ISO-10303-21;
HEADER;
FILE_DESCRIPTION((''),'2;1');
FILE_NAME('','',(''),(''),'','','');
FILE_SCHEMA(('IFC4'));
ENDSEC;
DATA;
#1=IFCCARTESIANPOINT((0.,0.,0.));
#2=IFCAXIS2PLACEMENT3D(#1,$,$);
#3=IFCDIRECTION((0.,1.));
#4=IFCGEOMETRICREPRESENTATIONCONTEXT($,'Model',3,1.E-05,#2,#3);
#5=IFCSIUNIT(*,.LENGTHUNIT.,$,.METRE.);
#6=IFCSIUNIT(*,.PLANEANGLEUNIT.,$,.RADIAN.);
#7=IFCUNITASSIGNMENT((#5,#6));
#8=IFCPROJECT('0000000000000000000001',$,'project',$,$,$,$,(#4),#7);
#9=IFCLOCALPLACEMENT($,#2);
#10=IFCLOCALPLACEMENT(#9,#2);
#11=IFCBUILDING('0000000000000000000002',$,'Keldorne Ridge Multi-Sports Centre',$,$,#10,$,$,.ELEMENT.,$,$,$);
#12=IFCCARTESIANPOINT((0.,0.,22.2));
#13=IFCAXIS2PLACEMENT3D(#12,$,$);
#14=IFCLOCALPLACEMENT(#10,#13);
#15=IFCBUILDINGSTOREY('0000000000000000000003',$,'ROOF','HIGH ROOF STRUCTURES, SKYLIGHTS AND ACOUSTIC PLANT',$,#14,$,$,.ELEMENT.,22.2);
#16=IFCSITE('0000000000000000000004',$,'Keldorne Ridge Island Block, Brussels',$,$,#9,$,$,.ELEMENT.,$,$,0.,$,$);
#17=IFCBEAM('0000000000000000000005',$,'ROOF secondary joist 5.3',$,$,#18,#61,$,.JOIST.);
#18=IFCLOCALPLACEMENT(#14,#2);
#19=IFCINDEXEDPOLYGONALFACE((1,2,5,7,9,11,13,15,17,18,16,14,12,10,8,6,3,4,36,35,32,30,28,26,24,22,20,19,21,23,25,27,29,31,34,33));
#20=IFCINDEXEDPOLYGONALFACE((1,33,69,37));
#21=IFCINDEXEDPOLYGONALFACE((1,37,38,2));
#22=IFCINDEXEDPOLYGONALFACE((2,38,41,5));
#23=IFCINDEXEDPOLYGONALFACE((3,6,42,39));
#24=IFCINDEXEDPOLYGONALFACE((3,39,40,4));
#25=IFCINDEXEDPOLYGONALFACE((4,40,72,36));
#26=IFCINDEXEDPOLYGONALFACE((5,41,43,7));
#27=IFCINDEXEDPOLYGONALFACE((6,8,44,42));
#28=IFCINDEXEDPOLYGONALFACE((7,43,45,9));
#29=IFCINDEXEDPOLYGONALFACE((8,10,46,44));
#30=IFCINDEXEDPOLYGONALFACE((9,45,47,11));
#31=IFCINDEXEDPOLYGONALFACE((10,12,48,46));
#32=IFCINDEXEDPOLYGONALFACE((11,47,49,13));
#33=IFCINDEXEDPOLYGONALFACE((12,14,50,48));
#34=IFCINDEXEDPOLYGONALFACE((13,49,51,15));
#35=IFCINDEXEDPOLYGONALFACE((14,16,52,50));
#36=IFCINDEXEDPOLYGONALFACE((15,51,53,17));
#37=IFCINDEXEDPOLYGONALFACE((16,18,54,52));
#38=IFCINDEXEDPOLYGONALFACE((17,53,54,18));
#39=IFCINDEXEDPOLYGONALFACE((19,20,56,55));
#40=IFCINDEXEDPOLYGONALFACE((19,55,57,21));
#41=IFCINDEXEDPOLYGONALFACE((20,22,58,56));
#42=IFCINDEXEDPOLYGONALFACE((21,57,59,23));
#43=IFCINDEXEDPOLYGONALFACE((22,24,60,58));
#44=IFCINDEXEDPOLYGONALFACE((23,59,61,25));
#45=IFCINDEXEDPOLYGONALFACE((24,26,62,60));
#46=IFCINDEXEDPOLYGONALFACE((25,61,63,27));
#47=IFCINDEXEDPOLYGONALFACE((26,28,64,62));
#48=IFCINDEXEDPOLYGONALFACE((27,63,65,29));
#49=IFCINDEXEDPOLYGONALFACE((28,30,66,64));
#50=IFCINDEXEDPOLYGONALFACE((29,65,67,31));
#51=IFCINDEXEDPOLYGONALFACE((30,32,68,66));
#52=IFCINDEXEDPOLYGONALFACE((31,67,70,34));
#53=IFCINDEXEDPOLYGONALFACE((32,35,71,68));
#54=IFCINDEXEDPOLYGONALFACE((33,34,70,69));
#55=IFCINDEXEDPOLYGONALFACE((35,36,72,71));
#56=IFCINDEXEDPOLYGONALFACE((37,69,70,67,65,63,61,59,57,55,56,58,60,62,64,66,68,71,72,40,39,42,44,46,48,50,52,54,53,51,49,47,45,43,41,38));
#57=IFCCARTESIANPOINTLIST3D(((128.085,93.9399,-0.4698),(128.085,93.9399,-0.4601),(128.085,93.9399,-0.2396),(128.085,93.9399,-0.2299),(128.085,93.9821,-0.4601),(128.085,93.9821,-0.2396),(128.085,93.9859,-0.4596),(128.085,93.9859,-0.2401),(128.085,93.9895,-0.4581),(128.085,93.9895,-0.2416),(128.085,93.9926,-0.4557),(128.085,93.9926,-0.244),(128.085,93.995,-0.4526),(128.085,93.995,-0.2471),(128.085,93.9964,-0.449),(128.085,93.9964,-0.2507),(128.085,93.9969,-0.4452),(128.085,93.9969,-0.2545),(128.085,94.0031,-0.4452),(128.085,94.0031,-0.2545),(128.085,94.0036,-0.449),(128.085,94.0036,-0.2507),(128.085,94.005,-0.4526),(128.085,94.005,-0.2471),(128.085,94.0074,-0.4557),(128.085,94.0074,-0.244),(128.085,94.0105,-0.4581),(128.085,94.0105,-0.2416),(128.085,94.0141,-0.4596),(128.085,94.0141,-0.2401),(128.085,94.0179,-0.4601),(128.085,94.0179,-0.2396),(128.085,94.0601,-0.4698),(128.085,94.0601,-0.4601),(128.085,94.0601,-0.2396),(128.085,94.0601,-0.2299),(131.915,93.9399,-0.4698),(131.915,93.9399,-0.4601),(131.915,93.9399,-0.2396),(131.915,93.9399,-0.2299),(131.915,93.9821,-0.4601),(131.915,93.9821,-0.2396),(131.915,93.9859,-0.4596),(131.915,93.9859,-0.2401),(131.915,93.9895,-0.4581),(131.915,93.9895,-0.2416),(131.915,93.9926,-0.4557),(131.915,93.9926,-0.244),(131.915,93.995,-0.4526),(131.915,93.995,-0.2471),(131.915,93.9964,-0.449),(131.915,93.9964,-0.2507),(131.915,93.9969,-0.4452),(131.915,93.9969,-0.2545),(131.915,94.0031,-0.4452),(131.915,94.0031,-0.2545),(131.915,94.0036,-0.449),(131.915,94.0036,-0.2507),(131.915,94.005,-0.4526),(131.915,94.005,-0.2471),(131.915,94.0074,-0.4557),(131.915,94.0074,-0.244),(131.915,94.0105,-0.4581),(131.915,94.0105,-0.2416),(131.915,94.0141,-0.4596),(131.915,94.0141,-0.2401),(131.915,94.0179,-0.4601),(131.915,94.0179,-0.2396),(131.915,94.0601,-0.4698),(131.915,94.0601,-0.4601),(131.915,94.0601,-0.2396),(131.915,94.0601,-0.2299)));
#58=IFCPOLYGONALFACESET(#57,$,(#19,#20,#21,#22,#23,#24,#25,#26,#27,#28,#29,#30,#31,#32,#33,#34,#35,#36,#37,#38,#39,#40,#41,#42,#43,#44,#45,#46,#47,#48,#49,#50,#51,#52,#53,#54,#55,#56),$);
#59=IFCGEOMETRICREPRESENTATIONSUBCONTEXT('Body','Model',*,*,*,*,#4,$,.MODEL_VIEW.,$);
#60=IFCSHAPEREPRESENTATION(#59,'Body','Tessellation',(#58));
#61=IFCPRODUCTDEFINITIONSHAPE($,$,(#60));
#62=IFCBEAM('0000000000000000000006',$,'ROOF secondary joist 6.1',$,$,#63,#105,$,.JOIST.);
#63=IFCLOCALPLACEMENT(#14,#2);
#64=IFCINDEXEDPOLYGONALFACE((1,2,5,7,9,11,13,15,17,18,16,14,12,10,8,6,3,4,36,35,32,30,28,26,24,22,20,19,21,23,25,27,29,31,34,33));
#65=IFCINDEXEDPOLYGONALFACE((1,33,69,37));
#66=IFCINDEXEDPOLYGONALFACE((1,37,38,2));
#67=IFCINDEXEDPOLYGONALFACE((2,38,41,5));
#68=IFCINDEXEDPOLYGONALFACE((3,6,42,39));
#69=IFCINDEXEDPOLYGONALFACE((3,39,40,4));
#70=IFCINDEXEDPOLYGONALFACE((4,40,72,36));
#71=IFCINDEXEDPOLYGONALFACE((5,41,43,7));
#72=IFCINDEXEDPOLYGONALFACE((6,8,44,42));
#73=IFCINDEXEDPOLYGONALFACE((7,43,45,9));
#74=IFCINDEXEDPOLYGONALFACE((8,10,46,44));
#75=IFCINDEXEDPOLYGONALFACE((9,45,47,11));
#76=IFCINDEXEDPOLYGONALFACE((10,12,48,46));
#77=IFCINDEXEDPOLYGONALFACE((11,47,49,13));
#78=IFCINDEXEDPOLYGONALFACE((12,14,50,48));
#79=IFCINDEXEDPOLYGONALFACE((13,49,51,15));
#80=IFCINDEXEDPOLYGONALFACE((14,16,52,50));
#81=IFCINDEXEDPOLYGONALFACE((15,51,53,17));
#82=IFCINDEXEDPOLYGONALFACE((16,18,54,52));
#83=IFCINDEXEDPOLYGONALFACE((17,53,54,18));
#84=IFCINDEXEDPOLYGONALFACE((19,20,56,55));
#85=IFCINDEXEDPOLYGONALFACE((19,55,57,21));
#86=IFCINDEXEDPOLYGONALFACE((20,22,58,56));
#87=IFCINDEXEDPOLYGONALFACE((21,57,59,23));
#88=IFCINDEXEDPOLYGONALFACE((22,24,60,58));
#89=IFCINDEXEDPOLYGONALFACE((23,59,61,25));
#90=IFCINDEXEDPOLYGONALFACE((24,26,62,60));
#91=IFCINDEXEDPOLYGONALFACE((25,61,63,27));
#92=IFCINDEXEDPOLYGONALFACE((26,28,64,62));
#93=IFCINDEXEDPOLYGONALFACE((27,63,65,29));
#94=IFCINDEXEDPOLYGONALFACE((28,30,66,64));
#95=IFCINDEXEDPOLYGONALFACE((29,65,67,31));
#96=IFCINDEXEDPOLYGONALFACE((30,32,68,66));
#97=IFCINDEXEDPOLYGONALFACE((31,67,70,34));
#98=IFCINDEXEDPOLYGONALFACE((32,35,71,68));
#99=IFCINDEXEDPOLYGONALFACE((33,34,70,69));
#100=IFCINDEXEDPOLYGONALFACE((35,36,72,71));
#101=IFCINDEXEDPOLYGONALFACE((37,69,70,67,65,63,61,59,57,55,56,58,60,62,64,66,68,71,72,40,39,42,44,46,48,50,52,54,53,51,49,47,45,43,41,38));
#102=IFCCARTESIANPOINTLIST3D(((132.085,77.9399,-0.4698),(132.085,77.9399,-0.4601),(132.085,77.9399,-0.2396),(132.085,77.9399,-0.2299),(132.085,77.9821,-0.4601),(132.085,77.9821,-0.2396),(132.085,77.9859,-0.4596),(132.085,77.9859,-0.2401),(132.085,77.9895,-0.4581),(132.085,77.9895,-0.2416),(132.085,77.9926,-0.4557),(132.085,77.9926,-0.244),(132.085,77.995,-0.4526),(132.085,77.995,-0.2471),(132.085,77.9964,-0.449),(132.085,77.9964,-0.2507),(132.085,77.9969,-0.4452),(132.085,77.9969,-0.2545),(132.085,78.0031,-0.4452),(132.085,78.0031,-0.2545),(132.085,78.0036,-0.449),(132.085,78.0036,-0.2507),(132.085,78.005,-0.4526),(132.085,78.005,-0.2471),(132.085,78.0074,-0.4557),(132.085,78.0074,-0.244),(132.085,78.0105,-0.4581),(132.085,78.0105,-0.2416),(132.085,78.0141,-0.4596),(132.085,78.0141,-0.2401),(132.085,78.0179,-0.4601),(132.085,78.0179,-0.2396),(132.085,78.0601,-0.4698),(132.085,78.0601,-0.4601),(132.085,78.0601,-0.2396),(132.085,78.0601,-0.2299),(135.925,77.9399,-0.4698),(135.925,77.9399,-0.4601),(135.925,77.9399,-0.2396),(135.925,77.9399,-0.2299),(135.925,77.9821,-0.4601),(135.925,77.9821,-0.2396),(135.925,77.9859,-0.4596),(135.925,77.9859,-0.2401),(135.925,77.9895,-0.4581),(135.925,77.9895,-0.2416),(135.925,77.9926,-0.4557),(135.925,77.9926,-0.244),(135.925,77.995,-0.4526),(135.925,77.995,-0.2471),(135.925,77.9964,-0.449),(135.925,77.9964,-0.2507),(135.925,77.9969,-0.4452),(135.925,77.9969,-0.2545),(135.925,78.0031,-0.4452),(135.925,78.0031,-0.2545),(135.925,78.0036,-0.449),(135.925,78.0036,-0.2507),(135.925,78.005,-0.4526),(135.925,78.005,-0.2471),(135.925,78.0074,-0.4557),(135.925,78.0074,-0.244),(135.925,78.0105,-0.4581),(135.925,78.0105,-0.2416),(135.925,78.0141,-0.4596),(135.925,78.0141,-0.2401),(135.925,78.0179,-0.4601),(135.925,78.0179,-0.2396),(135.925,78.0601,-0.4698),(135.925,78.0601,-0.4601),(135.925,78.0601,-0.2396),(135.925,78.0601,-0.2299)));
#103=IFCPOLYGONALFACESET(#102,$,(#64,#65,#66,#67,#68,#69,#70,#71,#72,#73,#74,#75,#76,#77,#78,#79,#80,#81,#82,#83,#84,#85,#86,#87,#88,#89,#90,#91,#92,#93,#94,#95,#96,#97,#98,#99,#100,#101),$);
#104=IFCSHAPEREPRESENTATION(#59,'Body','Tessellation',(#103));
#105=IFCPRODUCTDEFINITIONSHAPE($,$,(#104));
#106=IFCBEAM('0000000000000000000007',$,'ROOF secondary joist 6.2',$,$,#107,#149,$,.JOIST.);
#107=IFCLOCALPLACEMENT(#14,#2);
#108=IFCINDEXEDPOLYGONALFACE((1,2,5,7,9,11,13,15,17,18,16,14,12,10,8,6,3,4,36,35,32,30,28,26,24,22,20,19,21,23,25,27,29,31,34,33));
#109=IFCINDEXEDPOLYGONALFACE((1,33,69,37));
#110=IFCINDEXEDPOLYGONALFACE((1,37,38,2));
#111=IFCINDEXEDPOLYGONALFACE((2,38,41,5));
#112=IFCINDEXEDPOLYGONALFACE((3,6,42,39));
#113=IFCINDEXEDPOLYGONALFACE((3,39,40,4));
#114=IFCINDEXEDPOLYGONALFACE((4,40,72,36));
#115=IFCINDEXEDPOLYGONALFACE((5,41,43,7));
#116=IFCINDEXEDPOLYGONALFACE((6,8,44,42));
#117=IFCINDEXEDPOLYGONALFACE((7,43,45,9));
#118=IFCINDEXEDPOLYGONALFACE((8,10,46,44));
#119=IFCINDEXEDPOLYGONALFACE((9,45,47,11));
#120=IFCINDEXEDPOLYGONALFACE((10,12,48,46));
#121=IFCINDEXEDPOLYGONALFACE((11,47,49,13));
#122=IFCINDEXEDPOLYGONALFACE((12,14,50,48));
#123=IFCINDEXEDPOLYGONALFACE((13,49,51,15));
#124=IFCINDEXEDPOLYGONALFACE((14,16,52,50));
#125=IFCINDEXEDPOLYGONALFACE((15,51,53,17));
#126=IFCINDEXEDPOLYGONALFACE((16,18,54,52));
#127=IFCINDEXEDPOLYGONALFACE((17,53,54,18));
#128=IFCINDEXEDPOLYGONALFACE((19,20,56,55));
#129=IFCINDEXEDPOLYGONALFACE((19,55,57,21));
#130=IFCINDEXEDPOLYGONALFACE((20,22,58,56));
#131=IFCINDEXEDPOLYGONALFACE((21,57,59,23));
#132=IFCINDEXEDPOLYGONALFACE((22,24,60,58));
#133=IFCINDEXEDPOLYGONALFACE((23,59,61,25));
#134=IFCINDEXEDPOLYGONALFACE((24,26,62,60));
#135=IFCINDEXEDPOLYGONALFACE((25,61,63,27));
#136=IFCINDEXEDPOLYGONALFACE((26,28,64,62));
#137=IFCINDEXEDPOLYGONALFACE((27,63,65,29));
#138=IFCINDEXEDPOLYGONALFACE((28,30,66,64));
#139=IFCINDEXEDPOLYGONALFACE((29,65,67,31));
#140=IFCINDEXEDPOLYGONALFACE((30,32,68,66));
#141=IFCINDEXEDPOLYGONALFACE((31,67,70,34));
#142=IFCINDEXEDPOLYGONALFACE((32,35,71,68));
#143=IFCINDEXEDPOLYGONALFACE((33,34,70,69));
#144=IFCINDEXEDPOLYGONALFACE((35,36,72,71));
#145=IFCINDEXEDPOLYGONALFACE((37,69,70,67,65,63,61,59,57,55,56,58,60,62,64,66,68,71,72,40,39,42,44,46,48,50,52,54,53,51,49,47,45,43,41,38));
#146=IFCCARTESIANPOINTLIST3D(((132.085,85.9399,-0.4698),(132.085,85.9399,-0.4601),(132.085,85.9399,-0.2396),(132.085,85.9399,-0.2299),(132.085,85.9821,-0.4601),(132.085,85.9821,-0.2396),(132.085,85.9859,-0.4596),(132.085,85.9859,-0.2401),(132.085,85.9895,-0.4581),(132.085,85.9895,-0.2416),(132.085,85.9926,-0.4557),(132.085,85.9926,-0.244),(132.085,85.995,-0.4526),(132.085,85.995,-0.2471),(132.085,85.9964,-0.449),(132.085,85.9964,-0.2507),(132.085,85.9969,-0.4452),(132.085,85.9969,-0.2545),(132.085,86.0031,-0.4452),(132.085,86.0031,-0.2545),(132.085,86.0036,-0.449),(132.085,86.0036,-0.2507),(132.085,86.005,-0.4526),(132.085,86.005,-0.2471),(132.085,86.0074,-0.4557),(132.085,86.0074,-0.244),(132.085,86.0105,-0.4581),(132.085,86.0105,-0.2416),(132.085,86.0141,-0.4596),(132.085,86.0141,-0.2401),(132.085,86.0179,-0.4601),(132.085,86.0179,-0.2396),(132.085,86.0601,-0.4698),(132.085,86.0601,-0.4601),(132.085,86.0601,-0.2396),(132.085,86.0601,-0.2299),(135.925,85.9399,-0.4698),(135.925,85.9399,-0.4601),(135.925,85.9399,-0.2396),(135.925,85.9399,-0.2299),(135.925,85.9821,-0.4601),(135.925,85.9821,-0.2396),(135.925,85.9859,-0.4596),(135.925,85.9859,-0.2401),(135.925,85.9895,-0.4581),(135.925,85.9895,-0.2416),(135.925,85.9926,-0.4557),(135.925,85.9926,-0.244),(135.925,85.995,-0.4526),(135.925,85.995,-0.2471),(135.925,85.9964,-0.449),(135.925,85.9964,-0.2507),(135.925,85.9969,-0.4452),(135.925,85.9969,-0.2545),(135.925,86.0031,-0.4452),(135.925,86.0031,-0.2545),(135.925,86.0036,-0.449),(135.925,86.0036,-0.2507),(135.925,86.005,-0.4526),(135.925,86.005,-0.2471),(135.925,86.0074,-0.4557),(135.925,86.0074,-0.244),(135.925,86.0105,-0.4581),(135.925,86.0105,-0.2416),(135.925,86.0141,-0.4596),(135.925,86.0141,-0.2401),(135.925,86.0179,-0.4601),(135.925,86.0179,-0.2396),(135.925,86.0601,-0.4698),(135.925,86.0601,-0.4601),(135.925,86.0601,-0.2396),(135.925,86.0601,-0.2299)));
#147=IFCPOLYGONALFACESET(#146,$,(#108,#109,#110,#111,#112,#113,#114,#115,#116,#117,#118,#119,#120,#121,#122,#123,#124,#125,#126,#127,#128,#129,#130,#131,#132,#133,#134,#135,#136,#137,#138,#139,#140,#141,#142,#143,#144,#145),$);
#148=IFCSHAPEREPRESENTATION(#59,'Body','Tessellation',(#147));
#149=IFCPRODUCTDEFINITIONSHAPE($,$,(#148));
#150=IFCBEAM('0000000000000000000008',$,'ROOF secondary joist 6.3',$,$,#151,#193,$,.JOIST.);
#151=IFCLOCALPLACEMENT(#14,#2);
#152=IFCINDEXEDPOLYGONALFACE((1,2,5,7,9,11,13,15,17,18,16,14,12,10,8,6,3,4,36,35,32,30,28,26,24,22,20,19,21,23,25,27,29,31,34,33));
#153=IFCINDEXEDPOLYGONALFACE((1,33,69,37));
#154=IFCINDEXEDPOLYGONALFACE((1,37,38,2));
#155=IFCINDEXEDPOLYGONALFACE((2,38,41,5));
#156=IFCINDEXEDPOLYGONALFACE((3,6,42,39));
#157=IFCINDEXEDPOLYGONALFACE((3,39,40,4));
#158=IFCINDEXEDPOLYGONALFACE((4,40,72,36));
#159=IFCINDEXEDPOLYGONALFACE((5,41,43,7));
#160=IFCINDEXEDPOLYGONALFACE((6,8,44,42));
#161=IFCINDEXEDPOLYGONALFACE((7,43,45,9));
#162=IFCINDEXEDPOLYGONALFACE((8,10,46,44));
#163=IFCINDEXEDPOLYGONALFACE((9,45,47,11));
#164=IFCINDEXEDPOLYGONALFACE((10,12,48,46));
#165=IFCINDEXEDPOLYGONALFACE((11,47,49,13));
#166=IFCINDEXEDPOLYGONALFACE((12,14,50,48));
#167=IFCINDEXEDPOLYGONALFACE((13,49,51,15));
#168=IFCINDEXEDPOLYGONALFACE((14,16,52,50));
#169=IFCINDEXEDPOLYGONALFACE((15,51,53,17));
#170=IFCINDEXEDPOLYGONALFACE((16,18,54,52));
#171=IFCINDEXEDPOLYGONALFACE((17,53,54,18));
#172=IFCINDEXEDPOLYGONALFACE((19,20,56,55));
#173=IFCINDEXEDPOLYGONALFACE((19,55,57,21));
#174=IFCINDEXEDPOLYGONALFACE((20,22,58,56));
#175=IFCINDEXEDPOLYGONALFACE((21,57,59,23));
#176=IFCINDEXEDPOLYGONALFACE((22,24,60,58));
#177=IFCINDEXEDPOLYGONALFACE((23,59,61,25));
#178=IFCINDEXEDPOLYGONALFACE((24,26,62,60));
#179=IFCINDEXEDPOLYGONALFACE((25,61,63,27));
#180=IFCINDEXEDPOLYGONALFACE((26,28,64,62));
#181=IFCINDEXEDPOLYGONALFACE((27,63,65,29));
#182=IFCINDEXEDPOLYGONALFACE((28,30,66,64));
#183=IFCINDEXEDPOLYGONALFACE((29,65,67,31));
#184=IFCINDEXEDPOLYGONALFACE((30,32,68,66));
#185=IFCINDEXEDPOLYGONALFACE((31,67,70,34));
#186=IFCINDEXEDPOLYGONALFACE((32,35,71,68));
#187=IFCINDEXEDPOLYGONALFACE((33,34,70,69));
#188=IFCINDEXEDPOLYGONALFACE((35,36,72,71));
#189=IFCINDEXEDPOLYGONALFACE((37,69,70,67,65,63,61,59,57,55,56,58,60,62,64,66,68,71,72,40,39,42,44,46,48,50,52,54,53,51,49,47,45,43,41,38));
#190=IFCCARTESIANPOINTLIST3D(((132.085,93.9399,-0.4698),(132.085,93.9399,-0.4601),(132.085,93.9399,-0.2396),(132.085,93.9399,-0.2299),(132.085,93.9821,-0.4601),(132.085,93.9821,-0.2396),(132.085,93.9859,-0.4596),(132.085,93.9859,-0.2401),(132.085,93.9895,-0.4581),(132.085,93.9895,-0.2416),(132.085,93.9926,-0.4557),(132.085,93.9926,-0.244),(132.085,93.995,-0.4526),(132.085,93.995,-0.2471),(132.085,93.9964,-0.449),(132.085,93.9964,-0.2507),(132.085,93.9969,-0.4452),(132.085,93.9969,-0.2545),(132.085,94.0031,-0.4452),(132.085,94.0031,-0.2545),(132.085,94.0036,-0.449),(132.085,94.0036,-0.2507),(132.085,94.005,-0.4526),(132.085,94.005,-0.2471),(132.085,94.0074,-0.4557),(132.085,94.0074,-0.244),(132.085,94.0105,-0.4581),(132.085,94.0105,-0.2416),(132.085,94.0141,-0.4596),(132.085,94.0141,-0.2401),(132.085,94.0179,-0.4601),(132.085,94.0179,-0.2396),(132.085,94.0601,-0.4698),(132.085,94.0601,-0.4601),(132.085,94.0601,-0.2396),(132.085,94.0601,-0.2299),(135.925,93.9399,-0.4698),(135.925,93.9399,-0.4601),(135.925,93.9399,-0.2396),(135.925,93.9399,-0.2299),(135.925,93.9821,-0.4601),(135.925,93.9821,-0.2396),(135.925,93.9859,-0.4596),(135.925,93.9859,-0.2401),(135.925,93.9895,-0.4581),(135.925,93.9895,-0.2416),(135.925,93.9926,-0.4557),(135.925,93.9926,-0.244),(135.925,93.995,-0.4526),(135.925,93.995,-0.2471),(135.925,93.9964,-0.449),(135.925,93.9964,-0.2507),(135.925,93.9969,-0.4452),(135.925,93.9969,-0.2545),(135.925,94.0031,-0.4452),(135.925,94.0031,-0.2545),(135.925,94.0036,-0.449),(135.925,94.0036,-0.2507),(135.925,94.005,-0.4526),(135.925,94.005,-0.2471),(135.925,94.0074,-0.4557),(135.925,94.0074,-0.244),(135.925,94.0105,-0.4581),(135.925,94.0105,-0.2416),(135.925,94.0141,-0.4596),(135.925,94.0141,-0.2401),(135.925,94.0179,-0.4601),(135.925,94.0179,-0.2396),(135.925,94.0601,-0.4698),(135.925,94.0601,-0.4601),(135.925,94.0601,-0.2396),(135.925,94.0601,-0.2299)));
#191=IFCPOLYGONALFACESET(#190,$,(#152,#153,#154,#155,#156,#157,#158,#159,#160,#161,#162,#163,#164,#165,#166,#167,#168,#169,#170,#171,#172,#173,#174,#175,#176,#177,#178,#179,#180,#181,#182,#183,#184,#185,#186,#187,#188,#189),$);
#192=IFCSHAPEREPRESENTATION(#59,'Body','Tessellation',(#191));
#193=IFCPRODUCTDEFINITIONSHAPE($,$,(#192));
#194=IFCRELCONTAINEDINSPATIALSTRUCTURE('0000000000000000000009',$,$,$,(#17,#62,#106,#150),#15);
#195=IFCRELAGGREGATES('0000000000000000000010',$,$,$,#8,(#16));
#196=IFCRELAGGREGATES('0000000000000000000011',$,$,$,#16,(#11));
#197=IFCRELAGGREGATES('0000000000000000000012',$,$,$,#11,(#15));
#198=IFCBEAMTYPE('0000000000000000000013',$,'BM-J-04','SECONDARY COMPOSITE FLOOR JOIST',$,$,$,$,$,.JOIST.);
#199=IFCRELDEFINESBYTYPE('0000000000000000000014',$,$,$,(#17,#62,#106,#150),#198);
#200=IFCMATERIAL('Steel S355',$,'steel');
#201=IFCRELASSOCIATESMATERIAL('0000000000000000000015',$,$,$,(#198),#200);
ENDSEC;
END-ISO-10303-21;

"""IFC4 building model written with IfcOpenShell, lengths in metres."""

from ifc_helpers import new_model, si_unit, direction, frame, origin, origin_2d, place, context, subcontext, project, spatial, i_section, extrude, material, material_profile, profile_set, type_object, element, save


model = new_model("IFC4")

# Units and contexts
model_context = context("Model", 3, precision=1e-05, world=origin(), true_north=direction((0.0, 1.0)))
body_context = subcontext(model_context, "Body", "Model", "MODEL_VIEW")
ifc_project = project(units=[si_unit("LENGTHUNIT", "METRE"), si_unit("PLANEANGLEUNIT", "RADIAN")], contexts=[model_context])

# Site, building, storey
site_placement = place(None, origin())
site = spatial("IfcSite", under=ifc_project, at=site_placement, Name="Keldorne Ridge Island Block, Brussels", CompositionType="ELEMENT", RefElevation=0.0)
building_placement = place(site_placement, origin())
building = spatial("IfcBuilding", under=site, at=building_placement, Name="Keldorne Ridge Multi-Sports Centre", CompositionType="ELEMENT")
storey_placement = place(building_placement, frame((0.0, 0.0, 22.2)))
storey = spatial("IfcBuildingStorey", under=building, at=storey_placement, Name="ROOF", Description="HIGH ROOF STRUCTURES, SKYLIGHTS AND ACOUSTIC PLANT", CompositionType="ELEMENT", Elevation=22.2)

# Beams
ifc_material_1 = material(Name="Steel S355", Category="steel")
ifc_material_profile_1 = material_profile(ifc_material_1, i_section(OverallWidth=0.1201, OverallDepth=0.24, WebThickness=0.0061, FlangeThickness=0.0098, FilletRadius=0.0149, at=origin_2d()), Name="IPE 240")
ifc_profile_set_1 = profile_set([ifc_material_profile_1], Name="Steel S355")
beam_type_1 = type_object("IfcBeamType", Name="BM-J-04", Description="SECONDARY COMPOSITE FLOOR JOIST", PredefinedType="JOIST", material=ifc_profile_set_1)
for number, where, z_axis, x_axis, name in (
    (1, (128.085, 94.0, -0.3499), (1.0, 0.0, 0.0), (0.0, 1.0, 0.0), "ROOF secondary joist 5.3"),
):
    element("IfcBeam", number, at=place(storey_placement, frame(where, z_axis=z_axis, x_axis=x_axis)), inside=storey, type_object=beam_type_1, Name=name, PredefinedType="JOIST", context=body_context, shape_type="SweptSolid", body=[
        extrude(i_section(OverallWidth=0.1201, OverallDepth=0.24, WebThickness=0.0061, FlangeThickness=0.0098, FilletRadius=0.0149, at=origin_2d()), origin(), (0.0, 0.0, 1.0), 3.8301),
    ])
for number, where, z_axis, x_axis, name in (
    (2, (132.085, 78.0, -0.3499), (1.0, 0.0, 0.0), (0.0, 1.0, 0.0), "ROOF secondary joist 6.1"),
    (3, (132.085, 86.0, -0.3499), (1.0, 0.0, 0.0), (0.0, 1.0, 0.0), "ROOF secondary joist 6.2"),
    (4, (132.085, 94.0, -0.3499), (1.0, 0.0, 0.0), (0.0, 1.0, 0.0), "ROOF secondary joist 6.3"),
):
    element("IfcBeam", number, at=place(storey_placement, frame(where, z_axis=z_axis, x_axis=x_axis)), inside=storey, type_object=beam_type_1, Name=name, PredefinedType="JOIST", context=body_context, shape_type="SweptSolid", body=[
        extrude(i_section(OverallWidth=0.1201, OverallDepth=0.24, WebThickness=0.0061, FlangeThickness=0.0098, FilletRadius=0.0149, at=origin_2d()), origin(), (0.0, 0.0, 1.0), 3.8401),
    ])

save(model, "model.ifc")
